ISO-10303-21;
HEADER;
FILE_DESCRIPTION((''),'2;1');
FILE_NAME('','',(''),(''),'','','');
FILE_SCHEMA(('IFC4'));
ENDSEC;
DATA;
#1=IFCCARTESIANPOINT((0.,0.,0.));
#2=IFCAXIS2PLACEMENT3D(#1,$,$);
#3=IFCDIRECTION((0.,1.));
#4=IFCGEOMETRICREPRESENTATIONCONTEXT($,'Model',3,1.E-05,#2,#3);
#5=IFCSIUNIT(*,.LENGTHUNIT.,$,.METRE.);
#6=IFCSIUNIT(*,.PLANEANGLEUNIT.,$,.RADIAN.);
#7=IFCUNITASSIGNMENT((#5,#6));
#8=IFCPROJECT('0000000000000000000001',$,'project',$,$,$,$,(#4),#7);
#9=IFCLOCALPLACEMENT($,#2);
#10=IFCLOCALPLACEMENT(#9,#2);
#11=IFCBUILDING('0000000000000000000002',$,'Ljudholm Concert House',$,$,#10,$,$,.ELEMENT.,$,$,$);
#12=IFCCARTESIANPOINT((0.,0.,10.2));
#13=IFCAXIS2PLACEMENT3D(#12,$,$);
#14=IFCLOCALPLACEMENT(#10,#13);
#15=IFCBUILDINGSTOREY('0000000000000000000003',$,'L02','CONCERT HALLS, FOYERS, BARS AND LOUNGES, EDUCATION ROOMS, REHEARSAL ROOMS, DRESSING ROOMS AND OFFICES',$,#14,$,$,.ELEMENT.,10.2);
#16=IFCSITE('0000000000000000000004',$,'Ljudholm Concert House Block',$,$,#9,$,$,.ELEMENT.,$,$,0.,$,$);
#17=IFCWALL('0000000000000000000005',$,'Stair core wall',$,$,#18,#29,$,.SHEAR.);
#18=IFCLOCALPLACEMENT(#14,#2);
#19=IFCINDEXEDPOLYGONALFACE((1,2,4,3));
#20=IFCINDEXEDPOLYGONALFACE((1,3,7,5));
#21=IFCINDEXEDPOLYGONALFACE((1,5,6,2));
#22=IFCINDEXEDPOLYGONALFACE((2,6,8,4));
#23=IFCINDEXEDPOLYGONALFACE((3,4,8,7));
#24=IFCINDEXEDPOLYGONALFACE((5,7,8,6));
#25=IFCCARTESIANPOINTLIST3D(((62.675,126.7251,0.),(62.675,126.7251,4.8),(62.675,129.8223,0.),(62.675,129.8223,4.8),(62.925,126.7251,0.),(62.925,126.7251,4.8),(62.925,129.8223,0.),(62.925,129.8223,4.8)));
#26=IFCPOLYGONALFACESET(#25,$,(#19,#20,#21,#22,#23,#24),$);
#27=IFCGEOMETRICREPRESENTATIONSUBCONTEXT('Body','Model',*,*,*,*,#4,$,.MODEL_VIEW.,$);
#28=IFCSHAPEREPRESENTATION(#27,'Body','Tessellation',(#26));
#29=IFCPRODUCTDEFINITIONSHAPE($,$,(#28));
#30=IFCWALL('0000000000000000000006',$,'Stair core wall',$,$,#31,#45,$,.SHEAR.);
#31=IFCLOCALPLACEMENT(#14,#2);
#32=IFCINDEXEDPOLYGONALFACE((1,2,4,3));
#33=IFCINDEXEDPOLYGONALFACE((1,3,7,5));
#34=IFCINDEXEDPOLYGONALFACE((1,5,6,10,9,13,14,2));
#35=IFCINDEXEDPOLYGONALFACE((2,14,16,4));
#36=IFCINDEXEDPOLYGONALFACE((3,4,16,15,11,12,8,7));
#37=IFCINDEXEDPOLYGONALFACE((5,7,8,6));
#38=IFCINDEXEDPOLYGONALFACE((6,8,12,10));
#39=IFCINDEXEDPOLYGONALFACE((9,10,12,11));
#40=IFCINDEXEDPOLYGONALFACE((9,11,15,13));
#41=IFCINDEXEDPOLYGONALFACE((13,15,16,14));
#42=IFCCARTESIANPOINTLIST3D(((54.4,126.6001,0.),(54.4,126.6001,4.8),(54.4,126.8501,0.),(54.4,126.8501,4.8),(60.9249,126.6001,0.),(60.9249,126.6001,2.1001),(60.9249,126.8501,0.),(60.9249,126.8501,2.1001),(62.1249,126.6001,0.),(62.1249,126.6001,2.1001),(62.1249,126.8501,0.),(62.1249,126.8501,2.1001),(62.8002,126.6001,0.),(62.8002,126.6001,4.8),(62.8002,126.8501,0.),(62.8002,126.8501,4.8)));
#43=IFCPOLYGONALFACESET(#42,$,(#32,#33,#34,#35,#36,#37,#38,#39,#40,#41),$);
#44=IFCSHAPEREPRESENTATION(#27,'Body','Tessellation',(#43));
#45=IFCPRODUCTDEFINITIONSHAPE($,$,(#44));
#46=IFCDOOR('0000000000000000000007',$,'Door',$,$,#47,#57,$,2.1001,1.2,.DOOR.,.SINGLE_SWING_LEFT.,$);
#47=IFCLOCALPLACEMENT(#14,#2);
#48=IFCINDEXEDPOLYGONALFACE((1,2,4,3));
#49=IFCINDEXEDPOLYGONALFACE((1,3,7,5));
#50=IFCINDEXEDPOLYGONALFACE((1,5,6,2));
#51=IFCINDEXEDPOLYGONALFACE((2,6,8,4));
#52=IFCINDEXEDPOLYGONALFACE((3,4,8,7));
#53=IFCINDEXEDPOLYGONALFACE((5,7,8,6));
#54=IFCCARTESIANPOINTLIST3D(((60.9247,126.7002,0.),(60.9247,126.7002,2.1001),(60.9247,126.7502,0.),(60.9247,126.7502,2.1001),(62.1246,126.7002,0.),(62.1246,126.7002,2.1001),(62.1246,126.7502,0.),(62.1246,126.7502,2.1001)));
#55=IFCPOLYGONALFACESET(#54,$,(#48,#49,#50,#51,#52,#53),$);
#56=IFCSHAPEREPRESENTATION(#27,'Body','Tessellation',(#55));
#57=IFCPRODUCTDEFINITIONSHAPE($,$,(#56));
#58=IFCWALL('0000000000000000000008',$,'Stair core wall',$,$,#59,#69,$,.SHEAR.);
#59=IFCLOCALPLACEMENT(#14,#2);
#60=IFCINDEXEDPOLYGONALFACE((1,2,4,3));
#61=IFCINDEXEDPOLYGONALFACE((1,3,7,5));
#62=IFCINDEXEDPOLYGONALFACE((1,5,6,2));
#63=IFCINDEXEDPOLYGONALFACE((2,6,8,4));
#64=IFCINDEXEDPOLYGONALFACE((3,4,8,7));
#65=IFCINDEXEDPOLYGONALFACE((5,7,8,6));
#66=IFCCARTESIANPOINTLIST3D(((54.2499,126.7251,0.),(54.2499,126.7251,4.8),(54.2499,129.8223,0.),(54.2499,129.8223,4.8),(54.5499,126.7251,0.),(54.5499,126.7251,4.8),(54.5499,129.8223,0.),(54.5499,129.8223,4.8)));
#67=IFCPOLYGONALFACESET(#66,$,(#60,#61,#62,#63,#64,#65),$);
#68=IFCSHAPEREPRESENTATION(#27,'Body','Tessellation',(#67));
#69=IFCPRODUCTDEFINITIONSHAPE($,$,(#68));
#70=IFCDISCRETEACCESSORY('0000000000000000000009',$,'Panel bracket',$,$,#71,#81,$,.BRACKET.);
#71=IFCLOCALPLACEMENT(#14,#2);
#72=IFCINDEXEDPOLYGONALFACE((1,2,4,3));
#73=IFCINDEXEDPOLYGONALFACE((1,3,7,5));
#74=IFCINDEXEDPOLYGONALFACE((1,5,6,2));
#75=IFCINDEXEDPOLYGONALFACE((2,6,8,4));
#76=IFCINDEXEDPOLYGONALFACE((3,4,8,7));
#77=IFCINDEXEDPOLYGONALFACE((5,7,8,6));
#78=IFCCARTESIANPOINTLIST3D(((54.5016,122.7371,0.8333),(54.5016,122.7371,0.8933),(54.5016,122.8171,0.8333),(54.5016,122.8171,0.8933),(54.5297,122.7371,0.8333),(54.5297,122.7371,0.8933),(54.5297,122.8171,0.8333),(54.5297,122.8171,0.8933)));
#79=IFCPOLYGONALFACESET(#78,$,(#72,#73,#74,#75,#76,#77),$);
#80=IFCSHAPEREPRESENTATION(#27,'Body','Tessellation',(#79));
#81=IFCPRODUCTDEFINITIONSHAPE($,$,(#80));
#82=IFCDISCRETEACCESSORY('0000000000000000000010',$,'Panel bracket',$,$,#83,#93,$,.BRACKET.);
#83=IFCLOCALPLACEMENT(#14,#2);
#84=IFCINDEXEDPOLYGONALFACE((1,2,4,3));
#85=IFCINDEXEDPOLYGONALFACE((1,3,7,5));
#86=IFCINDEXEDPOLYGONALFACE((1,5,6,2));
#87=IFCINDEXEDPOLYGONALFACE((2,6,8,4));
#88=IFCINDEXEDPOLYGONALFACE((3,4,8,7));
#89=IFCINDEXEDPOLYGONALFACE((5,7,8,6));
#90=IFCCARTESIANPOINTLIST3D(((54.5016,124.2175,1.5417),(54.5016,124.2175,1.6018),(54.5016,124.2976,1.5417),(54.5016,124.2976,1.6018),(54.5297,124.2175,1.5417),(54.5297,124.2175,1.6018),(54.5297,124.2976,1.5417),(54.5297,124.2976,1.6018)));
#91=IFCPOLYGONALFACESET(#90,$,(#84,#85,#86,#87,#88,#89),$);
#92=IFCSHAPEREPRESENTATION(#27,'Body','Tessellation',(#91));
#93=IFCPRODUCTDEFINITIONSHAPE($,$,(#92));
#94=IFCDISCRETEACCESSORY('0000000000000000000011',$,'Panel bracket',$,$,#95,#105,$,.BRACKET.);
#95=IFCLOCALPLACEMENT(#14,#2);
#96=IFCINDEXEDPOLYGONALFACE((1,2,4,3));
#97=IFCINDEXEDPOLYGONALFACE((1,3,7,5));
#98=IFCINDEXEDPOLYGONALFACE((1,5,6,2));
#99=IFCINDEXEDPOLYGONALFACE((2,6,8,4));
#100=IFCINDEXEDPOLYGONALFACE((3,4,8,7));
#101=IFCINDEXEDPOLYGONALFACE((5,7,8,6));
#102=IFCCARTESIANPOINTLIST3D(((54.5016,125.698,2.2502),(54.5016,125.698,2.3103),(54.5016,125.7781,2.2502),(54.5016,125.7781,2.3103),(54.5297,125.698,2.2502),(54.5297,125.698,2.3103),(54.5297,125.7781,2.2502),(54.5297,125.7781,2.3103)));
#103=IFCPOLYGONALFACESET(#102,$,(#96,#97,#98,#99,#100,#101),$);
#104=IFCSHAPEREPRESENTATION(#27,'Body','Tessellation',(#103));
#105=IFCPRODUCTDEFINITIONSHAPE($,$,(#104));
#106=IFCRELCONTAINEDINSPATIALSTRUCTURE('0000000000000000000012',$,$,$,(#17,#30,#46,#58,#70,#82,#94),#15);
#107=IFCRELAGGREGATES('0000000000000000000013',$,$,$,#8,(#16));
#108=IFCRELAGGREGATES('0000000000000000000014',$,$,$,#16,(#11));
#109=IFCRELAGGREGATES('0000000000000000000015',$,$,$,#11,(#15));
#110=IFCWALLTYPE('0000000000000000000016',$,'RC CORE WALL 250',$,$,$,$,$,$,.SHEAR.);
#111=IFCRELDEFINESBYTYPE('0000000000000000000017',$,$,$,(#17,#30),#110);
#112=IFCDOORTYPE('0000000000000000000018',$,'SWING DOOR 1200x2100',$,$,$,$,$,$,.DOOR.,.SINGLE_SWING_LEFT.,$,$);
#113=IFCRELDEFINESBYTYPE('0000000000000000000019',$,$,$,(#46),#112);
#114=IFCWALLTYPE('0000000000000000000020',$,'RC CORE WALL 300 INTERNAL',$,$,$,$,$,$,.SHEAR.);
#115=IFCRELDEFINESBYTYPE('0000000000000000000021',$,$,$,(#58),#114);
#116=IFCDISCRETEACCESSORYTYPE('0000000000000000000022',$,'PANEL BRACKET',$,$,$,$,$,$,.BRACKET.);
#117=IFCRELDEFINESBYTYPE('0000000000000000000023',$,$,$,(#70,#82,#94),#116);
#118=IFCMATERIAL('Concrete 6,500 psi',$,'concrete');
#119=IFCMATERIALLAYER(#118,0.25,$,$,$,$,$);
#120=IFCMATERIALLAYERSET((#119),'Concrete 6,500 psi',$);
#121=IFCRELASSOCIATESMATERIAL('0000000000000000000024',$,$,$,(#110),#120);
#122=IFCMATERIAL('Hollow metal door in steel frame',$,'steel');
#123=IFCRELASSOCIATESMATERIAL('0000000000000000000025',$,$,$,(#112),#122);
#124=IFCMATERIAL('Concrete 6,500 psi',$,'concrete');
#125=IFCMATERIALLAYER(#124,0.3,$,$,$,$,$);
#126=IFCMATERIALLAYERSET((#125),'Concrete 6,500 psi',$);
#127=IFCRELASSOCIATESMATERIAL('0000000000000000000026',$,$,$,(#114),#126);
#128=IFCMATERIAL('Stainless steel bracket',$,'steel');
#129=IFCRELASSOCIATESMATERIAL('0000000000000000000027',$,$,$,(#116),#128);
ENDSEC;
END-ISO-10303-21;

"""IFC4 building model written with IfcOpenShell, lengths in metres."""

from ifc_helpers import new_model, si_unit, direction, frame, frame_2d, origin, origin_2d, place, context, subcontext, project, spatial, rectangle, extrude, material, layer, layer_set, type_object, element, fill, save


model = new_model("IFC4")

# Units and contexts
model_context = context("Model", 3, precision=1e-05, world=origin(), true_north=direction((0.0, 1.0)))
body_context = subcontext(model_context, "Body", "Model", "MODEL_VIEW")
ifc_project = project(units=[si_unit("LENGTHUNIT", "METRE"), si_unit("PLANEANGLEUNIT", "RADIAN")], contexts=[model_context])

# Site, building, storey
site_placement = place(None, origin())
site = spatial("IfcSite", under=ifc_project, at=site_placement, Name="Ljudholm Concert House Block", CompositionType="ELEMENT", RefElevation=0.0)
building_placement = place(site_placement, origin())
building = spatial("IfcBuilding", under=site, at=building_placement, Name="Ljudholm Concert House", CompositionType="ELEMENT")
storey_placement = place(building_placement, frame((0.0, 0.0, 10.2)))
storey = spatial("IfcBuildingStorey", under=building, at=storey_placement, Name="L02", Description="CONCERT HALLS, FOYERS, BARS AND LOUNGES, EDUCATION ROOMS, REHEARSAL ROOMS, DRESSING ROOMS AND OFFICES", CompositionType="ELEMENT", Elevation=10.2)

# Wall
ifc_material_1 = material(Name="Concrete 6,500 psi", Category="concrete")
ifc_layer_1 = layer(ifc_material_1, 0.25)
ifc_layer_set_1 = layer_set([ifc_layer_1], Name="Concrete 6,500 psi")
wall_type_1 = type_object("IfcWallType", Name="RC CORE WALL 250", PredefinedType="SHEAR", material=ifc_layer_set_1)
wall_1_placement = place(storey_placement, frame((62.8, 126.7251, 0.0), z_axis=(0.0, 0.0, 1.0), x_axis=(0.0, 1.0, 0.0)))
element("IfcWall", 1, at=wall_1_placement, inside=storey, type_object=wall_type_1, Name="Stair core wall", PredefinedType="SHEAR", context=body_context, shape_type="SweptSolid", body=[
    extrude(rectangle(XDim=3.0972, YDim=0.25, at=frame_2d((1.5486, 0.0))), origin(), (0.0, 0.0, 1.0), 4.8),
])

# Wall, opening, door
wall_2_placement = place(storey_placement, frame((54.3999, 126.7251, 0.0), z_axis=(0.0, 0.0, 1.0), x_axis=(1.0, 0.0, 0.0)))
wall_2 = element("IfcWall", 2, at=wall_2_placement, inside=storey, type_object=wall_type_1, Name="Stair core wall", PredefinedType="SHEAR", context=body_context, shape_type="SweptSolid", body=[
    extrude(rectangle(XDim=8.4001, YDim=0.25, at=frame_2d((4.2002, 0.0))), origin(), (0.0, 0.0, 1.0), 4.8),
])
opening_1_placement = place(wall_2_placement, frame((6.5249, 0.0, 0.0)))
opening_1 = element("IfcOpeningElement", 3, at=opening_1_placement, cuts=wall_2, PredefinedType="OPENING", context=body_context, shape_type="SweptSolid", body=[
    extrude(rectangle(XDim=1.2, YDim=2.1001, at=frame_2d((0.6001, 1.05))), frame((0.0, 0.135, 0.0), z_axis=(0.0, -1.0, 0.0), x_axis=(1.0, 0.0, 0.0)), (0.0, 0.0, 1.0), 0.27),
])
ifc_material_2 = material(Name="Hollow metal door in steel frame", Category="steel")
door_type_1 = type_object("IfcDoorType", Name="SWING DOOR 1200x2100", OperationType="SINGLE_SWING_LEFT", PredefinedType="DOOR", material=ifc_material_2)
door_1_placement = place(opening_1_placement, frame((1.2, 0.0, 0.0), z_axis=(0.0, 0.0, 1.0), x_axis=(-1.0, 0.0, 0.0)))
door_1 = element("IfcDoor", 4, at=door_1_placement, inside=storey, type_object=door_type_1, Name="Door", OperationType="SINGLE_SWING_LEFT", OverallHeight=2.1001, OverallWidth=1.2, PredefinedType="DOOR", context=body_context, shape_type="SweptSolid", body=[
    extrude(rectangle(XDim=1.2, YDim=2.1001, at=frame_2d((0.6001, 1.05))), frame((0.0, 0.0249, 0.0), z_axis=(0.0, -1.0, 0.0), x_axis=(1.0, 0.0, 0.0)), (0.0, 0.0, 1.0), 0.05),
])
fill(opening_1, door_1)

# Wall
ifc_material_3 = material(Name="Concrete 6,500 psi", Category="concrete")
ifc_layer_2 = layer(ifc_material_3, 0.3)
ifc_layer_set_2 = layer_set([ifc_layer_2], Name="Concrete 6,500 psi")
wall_type_2 = type_object("IfcWallType", Name="RC CORE WALL 300 INTERNAL", PredefinedType="SHEAR", material=ifc_layer_set_2)
wall_3_placement = place(storey_placement, frame((54.3999, 126.7251, 0.0), z_axis=(0.0, 0.0, 1.0), x_axis=(0.0, 1.0, 0.0)))
element("IfcWall", 5, at=wall_3_placement, inside=storey, type_object=wall_type_2, Name="Stair core wall", PredefinedType="SHEAR", context=body_context, shape_type="SweptSolid", body=[
    extrude(rectangle(XDim=3.0972, YDim=0.3, at=frame_2d((1.5486, 0.0))), origin(), (0.0, 0.0, 1.0), 4.8),
])

# Discrete accessories
ifc_material_4 = material(Name="Stainless steel bracket", Category="steel")
discrete_accessory_type = type_object("IfcDiscreteAccessoryType", Name="PANEL BRACKET", PredefinedType="BRACKET", material=ifc_material_4)
for number, where, z_axis, x_axis, name in (
    (6, (54.5156, 122.7771, 0.8333), (0.0, 0.0, 1.0), (1.0, 0.0, 0.0), "Panel bracket"),
    (7, (54.5156, 124.2576, 1.5417), (0.0, 0.0, 1.0), (1.0, 0.0, 0.0), "Panel bracket"),
    (8, (54.5156, 125.738, 2.2502), (0.0, 0.0, 1.0), (1.0, 0.0, 0.0), "Panel bracket"),
):
    element("IfcDiscreteAccessory", number, at=place(storey_placement, frame(where, z_axis=z_axis, x_axis=x_axis)), inside=storey, type_object=discrete_accessory_type, Name=name, PredefinedType="BRACKET", context=body_context, shape_type="SweptSolid", body=[
        extrude(rectangle(XDim=0.0281, YDim=0.0801, at=origin_2d()), origin(), (0.0, 0.0, 1.0), 0.0601),
    ])

save(model, "model.ifc")
